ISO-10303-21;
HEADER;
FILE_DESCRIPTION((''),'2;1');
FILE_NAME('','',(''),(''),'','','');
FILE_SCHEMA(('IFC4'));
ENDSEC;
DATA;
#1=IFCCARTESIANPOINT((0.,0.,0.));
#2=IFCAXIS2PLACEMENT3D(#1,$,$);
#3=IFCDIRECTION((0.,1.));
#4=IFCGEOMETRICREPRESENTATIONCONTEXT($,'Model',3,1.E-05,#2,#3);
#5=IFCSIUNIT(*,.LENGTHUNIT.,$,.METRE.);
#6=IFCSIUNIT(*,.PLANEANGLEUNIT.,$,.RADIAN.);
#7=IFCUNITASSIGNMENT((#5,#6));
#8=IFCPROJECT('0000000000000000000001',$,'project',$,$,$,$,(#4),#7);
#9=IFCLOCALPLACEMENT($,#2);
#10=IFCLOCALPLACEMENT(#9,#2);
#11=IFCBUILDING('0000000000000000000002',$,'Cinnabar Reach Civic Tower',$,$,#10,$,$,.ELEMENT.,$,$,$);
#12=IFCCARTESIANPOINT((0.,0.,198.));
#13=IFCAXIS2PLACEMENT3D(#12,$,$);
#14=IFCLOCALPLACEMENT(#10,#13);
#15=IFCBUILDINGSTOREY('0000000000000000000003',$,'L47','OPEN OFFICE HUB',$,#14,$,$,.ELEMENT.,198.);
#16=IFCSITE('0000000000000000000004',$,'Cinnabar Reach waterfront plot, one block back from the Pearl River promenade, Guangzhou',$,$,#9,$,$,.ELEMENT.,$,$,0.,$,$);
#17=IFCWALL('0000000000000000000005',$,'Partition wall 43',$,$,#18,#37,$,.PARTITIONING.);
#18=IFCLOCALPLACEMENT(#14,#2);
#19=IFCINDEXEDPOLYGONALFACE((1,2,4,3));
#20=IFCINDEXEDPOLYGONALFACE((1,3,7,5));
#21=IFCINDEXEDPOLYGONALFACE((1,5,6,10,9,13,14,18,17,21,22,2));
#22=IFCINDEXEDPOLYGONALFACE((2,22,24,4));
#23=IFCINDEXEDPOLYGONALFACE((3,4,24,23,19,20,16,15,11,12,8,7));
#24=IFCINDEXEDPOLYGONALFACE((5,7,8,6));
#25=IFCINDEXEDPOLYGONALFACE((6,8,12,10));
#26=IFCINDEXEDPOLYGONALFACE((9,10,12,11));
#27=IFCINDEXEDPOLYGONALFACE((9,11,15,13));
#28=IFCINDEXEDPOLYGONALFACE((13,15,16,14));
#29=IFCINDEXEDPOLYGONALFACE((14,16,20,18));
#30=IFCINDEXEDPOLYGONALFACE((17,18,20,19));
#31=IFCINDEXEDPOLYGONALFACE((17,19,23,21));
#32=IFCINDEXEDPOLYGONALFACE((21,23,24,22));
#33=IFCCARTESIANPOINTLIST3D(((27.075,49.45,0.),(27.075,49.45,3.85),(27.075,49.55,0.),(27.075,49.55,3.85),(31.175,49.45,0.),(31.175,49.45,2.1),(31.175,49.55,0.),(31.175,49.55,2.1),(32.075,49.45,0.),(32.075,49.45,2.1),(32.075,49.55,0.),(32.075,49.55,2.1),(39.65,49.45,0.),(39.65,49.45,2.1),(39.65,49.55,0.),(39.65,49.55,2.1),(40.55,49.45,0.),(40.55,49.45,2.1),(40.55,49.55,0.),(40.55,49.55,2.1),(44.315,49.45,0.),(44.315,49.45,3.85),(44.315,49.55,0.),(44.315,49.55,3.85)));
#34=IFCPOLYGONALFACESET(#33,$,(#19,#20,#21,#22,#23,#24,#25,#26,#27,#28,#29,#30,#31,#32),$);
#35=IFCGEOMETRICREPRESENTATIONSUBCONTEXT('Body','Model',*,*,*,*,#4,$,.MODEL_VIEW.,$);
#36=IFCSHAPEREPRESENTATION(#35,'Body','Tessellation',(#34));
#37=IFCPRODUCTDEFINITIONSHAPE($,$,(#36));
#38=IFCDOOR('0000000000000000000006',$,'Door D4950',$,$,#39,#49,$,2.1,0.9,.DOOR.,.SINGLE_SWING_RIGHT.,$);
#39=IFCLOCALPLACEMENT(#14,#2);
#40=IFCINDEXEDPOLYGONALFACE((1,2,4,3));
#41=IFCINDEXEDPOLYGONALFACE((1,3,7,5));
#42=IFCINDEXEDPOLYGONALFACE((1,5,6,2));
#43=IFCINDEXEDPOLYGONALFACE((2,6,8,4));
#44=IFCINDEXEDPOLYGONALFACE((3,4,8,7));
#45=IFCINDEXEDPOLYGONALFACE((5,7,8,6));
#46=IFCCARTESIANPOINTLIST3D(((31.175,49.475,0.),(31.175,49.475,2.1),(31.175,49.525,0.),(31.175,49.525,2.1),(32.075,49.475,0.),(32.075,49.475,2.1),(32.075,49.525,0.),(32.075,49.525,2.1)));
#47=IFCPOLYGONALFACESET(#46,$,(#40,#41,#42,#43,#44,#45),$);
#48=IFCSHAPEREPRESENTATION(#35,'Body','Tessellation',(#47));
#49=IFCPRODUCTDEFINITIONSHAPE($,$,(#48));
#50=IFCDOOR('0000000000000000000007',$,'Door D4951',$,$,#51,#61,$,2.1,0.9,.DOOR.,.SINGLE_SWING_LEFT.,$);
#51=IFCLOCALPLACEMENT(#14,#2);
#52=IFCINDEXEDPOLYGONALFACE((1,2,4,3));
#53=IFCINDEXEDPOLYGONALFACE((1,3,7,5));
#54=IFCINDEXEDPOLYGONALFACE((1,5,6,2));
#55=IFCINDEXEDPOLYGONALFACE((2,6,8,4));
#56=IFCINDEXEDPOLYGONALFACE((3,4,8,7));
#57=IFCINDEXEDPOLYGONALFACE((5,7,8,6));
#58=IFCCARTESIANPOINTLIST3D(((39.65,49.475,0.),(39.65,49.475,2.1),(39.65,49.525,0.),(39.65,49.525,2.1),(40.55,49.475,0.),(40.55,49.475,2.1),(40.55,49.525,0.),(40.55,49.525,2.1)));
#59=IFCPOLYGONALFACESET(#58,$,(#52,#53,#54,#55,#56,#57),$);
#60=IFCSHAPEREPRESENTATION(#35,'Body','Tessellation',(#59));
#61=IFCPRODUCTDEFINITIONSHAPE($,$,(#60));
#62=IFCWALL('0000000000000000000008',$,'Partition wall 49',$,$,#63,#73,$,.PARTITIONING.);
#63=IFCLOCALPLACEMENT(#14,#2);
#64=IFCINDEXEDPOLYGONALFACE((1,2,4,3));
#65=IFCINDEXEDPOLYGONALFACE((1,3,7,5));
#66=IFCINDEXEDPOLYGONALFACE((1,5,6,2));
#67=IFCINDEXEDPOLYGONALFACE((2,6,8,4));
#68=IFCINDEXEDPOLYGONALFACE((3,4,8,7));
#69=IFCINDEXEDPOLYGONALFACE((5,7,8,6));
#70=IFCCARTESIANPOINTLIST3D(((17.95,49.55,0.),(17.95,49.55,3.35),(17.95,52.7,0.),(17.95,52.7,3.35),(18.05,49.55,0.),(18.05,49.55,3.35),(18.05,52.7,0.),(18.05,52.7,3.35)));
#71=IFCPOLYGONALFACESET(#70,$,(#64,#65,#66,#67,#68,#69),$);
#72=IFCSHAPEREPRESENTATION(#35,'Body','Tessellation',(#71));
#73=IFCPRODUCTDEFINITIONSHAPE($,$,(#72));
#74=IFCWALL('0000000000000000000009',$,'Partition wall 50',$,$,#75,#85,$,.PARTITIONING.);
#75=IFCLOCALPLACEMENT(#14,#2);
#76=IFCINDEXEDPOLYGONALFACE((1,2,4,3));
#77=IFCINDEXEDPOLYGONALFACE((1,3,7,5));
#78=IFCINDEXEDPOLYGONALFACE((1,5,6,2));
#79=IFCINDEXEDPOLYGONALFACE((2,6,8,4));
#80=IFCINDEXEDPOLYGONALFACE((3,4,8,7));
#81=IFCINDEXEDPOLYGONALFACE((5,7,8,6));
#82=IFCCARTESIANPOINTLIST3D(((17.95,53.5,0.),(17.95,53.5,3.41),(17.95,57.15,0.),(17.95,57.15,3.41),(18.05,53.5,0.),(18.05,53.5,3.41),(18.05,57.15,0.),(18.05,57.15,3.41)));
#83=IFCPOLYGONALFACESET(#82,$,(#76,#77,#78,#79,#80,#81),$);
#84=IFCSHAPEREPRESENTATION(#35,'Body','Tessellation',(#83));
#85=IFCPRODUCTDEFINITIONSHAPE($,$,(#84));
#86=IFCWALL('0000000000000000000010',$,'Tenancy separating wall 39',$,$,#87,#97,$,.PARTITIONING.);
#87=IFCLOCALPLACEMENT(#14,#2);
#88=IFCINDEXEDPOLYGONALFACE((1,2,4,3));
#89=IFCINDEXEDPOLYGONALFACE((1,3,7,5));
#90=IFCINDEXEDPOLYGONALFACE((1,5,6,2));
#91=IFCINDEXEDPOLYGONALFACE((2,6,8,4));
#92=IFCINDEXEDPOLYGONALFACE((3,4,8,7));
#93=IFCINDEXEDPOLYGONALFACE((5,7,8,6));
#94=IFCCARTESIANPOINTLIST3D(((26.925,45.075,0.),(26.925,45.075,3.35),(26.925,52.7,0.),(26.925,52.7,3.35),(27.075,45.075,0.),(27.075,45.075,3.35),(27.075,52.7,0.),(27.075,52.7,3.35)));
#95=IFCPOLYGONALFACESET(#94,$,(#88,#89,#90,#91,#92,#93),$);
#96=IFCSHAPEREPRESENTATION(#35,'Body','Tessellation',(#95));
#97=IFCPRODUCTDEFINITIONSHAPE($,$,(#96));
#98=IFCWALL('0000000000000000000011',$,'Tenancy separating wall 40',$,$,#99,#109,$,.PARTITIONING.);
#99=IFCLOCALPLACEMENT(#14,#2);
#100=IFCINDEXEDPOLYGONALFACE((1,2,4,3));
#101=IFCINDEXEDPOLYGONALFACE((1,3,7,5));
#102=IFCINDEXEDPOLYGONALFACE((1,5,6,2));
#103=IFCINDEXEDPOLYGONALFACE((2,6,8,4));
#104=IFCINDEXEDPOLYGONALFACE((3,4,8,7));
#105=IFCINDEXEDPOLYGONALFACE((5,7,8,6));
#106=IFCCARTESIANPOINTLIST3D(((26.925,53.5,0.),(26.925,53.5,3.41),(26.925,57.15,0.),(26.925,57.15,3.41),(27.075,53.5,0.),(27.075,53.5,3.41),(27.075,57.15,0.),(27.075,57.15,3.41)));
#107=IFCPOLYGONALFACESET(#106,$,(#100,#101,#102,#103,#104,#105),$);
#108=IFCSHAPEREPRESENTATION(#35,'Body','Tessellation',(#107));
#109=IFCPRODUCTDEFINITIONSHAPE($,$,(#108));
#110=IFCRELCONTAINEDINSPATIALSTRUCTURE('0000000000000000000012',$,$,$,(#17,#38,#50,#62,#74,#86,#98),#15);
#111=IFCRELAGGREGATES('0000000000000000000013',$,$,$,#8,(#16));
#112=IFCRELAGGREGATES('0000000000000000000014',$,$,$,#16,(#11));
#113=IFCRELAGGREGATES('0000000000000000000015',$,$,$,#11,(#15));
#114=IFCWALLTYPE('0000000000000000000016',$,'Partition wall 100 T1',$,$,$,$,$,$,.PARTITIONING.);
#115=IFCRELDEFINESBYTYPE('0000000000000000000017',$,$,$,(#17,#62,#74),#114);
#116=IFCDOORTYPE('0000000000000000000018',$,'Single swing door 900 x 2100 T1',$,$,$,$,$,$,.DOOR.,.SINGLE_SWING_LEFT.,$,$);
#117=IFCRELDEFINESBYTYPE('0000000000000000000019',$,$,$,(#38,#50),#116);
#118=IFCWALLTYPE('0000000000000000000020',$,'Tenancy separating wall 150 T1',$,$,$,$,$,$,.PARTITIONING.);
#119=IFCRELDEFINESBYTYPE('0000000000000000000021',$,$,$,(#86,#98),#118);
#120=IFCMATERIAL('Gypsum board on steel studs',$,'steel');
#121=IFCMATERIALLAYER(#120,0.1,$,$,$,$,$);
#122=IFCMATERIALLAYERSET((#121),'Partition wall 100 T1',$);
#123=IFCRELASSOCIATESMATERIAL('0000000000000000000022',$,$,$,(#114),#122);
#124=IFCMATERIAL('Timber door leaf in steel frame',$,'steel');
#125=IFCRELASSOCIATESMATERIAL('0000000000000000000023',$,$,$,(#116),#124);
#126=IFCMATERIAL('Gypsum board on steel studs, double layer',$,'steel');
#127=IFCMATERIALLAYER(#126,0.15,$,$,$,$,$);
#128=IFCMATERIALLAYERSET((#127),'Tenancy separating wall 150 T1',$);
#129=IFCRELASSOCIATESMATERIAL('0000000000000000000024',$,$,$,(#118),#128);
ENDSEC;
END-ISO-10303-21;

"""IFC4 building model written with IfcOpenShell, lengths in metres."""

from ifc_helpers import new_model, si_unit, direction, frame, frame_2d, origin, place, context, subcontext, project, spatial, rectangle, extrude, material, layer, layer_set, type_object, element, fill, save


model = new_model("IFC4")

# Units and contexts
model_context = context("Model", 3, precision=1e-05, world=origin(), true_north=direction((0.0, 1.0)))
body_context = subcontext(model_context, "Body", "Model", "MODEL_VIEW")
ifc_project = project(units=[si_unit("LENGTHUNIT", "METRE"), si_unit("PLANEANGLEUNIT", "RADIAN")], contexts=[model_context])

# Site, building, storey
site_placement = place(None, origin())
site = spatial("IfcSite", under=ifc_project, at=site_placement, Name="Cinnabar Reach waterfront plot, one block back from the Pearl River promenade, Guangzhou", CompositionType="ELEMENT", RefElevation=0.0)
building_placement = place(site_placement, origin())
building = spatial("IfcBuilding", under=site, at=building_placement, Name="Cinnabar Reach Civic Tower", CompositionType="ELEMENT")
storey_placement = place(building_placement, frame((0.0, 0.0, 198.0)))
storey = spatial("IfcBuildingStorey", under=building, at=storey_placement, Name="L47", Description="OPEN OFFICE HUB", CompositionType="ELEMENT", Elevation=198.0)

# Wall, openings, doors
ifc_material_1 = material(Name="Gypsum board on steel studs", Category="steel")
ifc_layer_1 = layer(ifc_material_1, 0.1)
ifc_layer_set_1 = layer_set([ifc_layer_1], Name="Partition wall 100 T1")
wall_type_1 = type_object("IfcWallType", Name="Partition wall 100 T1", PredefinedType="PARTITIONING", material=ifc_layer_set_1)
wall_1_placement = place(storey_placement, frame((27.075, 49.5, 0.0), z_axis=(0.0, 0.0, 1.0), x_axis=(1.0, 0.0, 0.0)))
wall_1 = element("IfcWall", 1, at=wall_1_placement, inside=storey, type_object=wall_type_1, Name="Partition wall 43", PredefinedType="PARTITIONING", context=body_context, shape_type="SweptSolid", body=[
    extrude(rectangle(XDim=17.24, YDim=0.1, at=frame_2d((8.62, 0.0))), origin(), (0.0, 0.0, 1.0), 3.85),
])
opening_1_placement = place(wall_1_placement, frame((4.1, 0.0, 0.0)))
opening_1 = element("IfcOpeningElement", 2, at=opening_1_placement, cuts=wall_1, PredefinedType="OPENING", context=body_context, shape_type="SweptSolid", body=[
    extrude(rectangle(XDim=0.9, YDim=2.1, at=frame_2d((0.45, 1.05))), frame((0.0, 0.06, 0.0), z_axis=(0.0, -1.0, 0.0), x_axis=(1.0, 0.0, 0.0)), (0.0, 0.0, 1.0), 0.12),
])
opening_2_placement = place(wall_1_placement, frame((12.575, 0.0, 0.0)))
opening_2 = element("IfcOpeningElement", 3, at=opening_2_placement, cuts=wall_1, PredefinedType="OPENING", context=body_context, shape_type="SweptSolid", body=[
    extrude(rectangle(XDim=0.9, YDim=2.1, at=frame_2d((0.45, 1.05))), frame((0.0, 0.06, 0.0), z_axis=(0.0, -1.0, 0.0), x_axis=(1.0, 0.0, 0.0)), (0.0, 0.0, 1.0), 0.12),
])
ifc_material_2 = material(Name="Timber door leaf in steel frame", Category="steel")
door_type = type_object("IfcDoorType", Name="Single swing door 900 x 2100 T1", OperationType="SINGLE_SWING_LEFT", PredefinedType="DOOR", material=ifc_material_2)
door_1_placement = place(opening_1_placement, origin())
door_1 = element("IfcDoor", 4, at=door_1_placement, inside=storey, type_object=door_type, Name="Door D4950", OperationType="SINGLE_SWING_RIGHT", OverallHeight=2.1, OverallWidth=0.9, PredefinedType="DOOR", context=body_context, shape_type="SweptSolid", body=[
    extrude(rectangle(XDim=0.9, YDim=2.1, at=frame_2d((0.45, 1.05))), frame((0.0, 0.025, 0.0), z_axis=(0.0, -1.0, 0.0), x_axis=(1.0, 0.0, 0.0)), (0.0, 0.0, 1.0), 0.05),
])
fill(opening_1, door_1)
door_2_placement = place(opening_2_placement, origin())
door_2 = element("IfcDoor", 5, at=door_2_placement, inside=storey, type_object=door_type, Name="Door D4951", OperationType="SINGLE_SWING_LEFT", OverallHeight=2.1, OverallWidth=0.9, PredefinedType="DOOR", context=body_context, shape_type="SweptSolid", body=[
    extrude(rectangle(XDim=0.9, YDim=2.1, at=frame_2d((0.45, 1.05))), frame((0.0, 0.025, 0.0), z_axis=(0.0, -1.0, 0.0), x_axis=(1.0, 0.0, 0.0)), (0.0, 0.0, 1.0), 0.05),
])
fill(opening_2, door_2)

# Walls
wall_2_placement = place(storey_placement, frame((18.0, 49.55, 0.0), z_axis=(0.0, 0.0, 1.0), x_axis=(0.0, 1.0, 0.0)))
element("IfcWall", 6, at=wall_2_placement, inside=storey, type_object=wall_type_1, Name="Partition wall 49", PredefinedType="PARTITIONING", context=body_context, shape_type="SweptSolid", body=[
    extrude(rectangle(XDim=3.15, YDim=0.1, at=frame_2d((1.575, 0.0))), origin(), (0.0, 0.0, 1.0), 3.35),
])
wall_3_placement = place(storey_placement, frame((18.0, 53.5, 0.0), z_axis=(0.0, 0.0, 1.0), x_axis=(0.0, 1.0, 0.0)))
element("IfcWall", 7, at=wall_3_placement, inside=storey, type_object=wall_type_1, Name="Partition wall 50", PredefinedType="PARTITIONING", context=body_context, shape_type="SweptSolid", body=[
    extrude(rectangle(XDim=3.65, YDim=0.1, at=frame_2d((1.825, 0.0))), origin(), (0.0, 0.0, 1.0), 3.41),
])
ifc_material_3 = material(Name="Gypsum board on steel studs, double layer", Category="steel")
ifc_layer_2 = layer(ifc_material_3, 0.15)
ifc_layer_set_2 = layer_set([ifc_layer_2], Name="Tenancy separating wall 150 T1")
wall_type_2 = type_object("IfcWallType", Name="Tenancy separating wall 150 T1", PredefinedType="PARTITIONING", material=ifc_layer_set_2)
wall_4_placement = place(storey_placement, frame((27.0, 45.075, 0.0), z_axis=(0.0, 0.0, 1.0), x_axis=(0.0, 1.0, 0.0)))
element("IfcWall", 8, at=wall_4_placement, inside=storey, type_object=wall_type_2, Name="Tenancy separating wall 39", PredefinedType="PARTITIONING", context=body_context, shape_type="SweptSolid", body=[
    extrude(rectangle(XDim=7.625, YDim=0.15, at=frame_2d((3.8125, 0.0))), origin(), (0.0, 0.0, 1.0), 3.35),
])
wall_5_placement = place(storey_placement, frame((27.0, 53.5, 0.0), z_axis=(0.0, 0.0, 1.0), x_axis=(0.0, 1.0, 0.0)))
element("IfcWall", 9, at=wall_5_placement, inside=storey, type_object=wall_type_2, Name="Tenancy separating wall 40", PredefinedType="PARTITIONING", context=body_context, shape_type="SweptSolid", body=[
    extrude(rectangle(XDim=3.65, YDim=0.15, at=frame_2d((1.825, 0.0))), origin(), (0.0, 0.0, 1.0), 3.41),
])

save(model, "model.ifc")
